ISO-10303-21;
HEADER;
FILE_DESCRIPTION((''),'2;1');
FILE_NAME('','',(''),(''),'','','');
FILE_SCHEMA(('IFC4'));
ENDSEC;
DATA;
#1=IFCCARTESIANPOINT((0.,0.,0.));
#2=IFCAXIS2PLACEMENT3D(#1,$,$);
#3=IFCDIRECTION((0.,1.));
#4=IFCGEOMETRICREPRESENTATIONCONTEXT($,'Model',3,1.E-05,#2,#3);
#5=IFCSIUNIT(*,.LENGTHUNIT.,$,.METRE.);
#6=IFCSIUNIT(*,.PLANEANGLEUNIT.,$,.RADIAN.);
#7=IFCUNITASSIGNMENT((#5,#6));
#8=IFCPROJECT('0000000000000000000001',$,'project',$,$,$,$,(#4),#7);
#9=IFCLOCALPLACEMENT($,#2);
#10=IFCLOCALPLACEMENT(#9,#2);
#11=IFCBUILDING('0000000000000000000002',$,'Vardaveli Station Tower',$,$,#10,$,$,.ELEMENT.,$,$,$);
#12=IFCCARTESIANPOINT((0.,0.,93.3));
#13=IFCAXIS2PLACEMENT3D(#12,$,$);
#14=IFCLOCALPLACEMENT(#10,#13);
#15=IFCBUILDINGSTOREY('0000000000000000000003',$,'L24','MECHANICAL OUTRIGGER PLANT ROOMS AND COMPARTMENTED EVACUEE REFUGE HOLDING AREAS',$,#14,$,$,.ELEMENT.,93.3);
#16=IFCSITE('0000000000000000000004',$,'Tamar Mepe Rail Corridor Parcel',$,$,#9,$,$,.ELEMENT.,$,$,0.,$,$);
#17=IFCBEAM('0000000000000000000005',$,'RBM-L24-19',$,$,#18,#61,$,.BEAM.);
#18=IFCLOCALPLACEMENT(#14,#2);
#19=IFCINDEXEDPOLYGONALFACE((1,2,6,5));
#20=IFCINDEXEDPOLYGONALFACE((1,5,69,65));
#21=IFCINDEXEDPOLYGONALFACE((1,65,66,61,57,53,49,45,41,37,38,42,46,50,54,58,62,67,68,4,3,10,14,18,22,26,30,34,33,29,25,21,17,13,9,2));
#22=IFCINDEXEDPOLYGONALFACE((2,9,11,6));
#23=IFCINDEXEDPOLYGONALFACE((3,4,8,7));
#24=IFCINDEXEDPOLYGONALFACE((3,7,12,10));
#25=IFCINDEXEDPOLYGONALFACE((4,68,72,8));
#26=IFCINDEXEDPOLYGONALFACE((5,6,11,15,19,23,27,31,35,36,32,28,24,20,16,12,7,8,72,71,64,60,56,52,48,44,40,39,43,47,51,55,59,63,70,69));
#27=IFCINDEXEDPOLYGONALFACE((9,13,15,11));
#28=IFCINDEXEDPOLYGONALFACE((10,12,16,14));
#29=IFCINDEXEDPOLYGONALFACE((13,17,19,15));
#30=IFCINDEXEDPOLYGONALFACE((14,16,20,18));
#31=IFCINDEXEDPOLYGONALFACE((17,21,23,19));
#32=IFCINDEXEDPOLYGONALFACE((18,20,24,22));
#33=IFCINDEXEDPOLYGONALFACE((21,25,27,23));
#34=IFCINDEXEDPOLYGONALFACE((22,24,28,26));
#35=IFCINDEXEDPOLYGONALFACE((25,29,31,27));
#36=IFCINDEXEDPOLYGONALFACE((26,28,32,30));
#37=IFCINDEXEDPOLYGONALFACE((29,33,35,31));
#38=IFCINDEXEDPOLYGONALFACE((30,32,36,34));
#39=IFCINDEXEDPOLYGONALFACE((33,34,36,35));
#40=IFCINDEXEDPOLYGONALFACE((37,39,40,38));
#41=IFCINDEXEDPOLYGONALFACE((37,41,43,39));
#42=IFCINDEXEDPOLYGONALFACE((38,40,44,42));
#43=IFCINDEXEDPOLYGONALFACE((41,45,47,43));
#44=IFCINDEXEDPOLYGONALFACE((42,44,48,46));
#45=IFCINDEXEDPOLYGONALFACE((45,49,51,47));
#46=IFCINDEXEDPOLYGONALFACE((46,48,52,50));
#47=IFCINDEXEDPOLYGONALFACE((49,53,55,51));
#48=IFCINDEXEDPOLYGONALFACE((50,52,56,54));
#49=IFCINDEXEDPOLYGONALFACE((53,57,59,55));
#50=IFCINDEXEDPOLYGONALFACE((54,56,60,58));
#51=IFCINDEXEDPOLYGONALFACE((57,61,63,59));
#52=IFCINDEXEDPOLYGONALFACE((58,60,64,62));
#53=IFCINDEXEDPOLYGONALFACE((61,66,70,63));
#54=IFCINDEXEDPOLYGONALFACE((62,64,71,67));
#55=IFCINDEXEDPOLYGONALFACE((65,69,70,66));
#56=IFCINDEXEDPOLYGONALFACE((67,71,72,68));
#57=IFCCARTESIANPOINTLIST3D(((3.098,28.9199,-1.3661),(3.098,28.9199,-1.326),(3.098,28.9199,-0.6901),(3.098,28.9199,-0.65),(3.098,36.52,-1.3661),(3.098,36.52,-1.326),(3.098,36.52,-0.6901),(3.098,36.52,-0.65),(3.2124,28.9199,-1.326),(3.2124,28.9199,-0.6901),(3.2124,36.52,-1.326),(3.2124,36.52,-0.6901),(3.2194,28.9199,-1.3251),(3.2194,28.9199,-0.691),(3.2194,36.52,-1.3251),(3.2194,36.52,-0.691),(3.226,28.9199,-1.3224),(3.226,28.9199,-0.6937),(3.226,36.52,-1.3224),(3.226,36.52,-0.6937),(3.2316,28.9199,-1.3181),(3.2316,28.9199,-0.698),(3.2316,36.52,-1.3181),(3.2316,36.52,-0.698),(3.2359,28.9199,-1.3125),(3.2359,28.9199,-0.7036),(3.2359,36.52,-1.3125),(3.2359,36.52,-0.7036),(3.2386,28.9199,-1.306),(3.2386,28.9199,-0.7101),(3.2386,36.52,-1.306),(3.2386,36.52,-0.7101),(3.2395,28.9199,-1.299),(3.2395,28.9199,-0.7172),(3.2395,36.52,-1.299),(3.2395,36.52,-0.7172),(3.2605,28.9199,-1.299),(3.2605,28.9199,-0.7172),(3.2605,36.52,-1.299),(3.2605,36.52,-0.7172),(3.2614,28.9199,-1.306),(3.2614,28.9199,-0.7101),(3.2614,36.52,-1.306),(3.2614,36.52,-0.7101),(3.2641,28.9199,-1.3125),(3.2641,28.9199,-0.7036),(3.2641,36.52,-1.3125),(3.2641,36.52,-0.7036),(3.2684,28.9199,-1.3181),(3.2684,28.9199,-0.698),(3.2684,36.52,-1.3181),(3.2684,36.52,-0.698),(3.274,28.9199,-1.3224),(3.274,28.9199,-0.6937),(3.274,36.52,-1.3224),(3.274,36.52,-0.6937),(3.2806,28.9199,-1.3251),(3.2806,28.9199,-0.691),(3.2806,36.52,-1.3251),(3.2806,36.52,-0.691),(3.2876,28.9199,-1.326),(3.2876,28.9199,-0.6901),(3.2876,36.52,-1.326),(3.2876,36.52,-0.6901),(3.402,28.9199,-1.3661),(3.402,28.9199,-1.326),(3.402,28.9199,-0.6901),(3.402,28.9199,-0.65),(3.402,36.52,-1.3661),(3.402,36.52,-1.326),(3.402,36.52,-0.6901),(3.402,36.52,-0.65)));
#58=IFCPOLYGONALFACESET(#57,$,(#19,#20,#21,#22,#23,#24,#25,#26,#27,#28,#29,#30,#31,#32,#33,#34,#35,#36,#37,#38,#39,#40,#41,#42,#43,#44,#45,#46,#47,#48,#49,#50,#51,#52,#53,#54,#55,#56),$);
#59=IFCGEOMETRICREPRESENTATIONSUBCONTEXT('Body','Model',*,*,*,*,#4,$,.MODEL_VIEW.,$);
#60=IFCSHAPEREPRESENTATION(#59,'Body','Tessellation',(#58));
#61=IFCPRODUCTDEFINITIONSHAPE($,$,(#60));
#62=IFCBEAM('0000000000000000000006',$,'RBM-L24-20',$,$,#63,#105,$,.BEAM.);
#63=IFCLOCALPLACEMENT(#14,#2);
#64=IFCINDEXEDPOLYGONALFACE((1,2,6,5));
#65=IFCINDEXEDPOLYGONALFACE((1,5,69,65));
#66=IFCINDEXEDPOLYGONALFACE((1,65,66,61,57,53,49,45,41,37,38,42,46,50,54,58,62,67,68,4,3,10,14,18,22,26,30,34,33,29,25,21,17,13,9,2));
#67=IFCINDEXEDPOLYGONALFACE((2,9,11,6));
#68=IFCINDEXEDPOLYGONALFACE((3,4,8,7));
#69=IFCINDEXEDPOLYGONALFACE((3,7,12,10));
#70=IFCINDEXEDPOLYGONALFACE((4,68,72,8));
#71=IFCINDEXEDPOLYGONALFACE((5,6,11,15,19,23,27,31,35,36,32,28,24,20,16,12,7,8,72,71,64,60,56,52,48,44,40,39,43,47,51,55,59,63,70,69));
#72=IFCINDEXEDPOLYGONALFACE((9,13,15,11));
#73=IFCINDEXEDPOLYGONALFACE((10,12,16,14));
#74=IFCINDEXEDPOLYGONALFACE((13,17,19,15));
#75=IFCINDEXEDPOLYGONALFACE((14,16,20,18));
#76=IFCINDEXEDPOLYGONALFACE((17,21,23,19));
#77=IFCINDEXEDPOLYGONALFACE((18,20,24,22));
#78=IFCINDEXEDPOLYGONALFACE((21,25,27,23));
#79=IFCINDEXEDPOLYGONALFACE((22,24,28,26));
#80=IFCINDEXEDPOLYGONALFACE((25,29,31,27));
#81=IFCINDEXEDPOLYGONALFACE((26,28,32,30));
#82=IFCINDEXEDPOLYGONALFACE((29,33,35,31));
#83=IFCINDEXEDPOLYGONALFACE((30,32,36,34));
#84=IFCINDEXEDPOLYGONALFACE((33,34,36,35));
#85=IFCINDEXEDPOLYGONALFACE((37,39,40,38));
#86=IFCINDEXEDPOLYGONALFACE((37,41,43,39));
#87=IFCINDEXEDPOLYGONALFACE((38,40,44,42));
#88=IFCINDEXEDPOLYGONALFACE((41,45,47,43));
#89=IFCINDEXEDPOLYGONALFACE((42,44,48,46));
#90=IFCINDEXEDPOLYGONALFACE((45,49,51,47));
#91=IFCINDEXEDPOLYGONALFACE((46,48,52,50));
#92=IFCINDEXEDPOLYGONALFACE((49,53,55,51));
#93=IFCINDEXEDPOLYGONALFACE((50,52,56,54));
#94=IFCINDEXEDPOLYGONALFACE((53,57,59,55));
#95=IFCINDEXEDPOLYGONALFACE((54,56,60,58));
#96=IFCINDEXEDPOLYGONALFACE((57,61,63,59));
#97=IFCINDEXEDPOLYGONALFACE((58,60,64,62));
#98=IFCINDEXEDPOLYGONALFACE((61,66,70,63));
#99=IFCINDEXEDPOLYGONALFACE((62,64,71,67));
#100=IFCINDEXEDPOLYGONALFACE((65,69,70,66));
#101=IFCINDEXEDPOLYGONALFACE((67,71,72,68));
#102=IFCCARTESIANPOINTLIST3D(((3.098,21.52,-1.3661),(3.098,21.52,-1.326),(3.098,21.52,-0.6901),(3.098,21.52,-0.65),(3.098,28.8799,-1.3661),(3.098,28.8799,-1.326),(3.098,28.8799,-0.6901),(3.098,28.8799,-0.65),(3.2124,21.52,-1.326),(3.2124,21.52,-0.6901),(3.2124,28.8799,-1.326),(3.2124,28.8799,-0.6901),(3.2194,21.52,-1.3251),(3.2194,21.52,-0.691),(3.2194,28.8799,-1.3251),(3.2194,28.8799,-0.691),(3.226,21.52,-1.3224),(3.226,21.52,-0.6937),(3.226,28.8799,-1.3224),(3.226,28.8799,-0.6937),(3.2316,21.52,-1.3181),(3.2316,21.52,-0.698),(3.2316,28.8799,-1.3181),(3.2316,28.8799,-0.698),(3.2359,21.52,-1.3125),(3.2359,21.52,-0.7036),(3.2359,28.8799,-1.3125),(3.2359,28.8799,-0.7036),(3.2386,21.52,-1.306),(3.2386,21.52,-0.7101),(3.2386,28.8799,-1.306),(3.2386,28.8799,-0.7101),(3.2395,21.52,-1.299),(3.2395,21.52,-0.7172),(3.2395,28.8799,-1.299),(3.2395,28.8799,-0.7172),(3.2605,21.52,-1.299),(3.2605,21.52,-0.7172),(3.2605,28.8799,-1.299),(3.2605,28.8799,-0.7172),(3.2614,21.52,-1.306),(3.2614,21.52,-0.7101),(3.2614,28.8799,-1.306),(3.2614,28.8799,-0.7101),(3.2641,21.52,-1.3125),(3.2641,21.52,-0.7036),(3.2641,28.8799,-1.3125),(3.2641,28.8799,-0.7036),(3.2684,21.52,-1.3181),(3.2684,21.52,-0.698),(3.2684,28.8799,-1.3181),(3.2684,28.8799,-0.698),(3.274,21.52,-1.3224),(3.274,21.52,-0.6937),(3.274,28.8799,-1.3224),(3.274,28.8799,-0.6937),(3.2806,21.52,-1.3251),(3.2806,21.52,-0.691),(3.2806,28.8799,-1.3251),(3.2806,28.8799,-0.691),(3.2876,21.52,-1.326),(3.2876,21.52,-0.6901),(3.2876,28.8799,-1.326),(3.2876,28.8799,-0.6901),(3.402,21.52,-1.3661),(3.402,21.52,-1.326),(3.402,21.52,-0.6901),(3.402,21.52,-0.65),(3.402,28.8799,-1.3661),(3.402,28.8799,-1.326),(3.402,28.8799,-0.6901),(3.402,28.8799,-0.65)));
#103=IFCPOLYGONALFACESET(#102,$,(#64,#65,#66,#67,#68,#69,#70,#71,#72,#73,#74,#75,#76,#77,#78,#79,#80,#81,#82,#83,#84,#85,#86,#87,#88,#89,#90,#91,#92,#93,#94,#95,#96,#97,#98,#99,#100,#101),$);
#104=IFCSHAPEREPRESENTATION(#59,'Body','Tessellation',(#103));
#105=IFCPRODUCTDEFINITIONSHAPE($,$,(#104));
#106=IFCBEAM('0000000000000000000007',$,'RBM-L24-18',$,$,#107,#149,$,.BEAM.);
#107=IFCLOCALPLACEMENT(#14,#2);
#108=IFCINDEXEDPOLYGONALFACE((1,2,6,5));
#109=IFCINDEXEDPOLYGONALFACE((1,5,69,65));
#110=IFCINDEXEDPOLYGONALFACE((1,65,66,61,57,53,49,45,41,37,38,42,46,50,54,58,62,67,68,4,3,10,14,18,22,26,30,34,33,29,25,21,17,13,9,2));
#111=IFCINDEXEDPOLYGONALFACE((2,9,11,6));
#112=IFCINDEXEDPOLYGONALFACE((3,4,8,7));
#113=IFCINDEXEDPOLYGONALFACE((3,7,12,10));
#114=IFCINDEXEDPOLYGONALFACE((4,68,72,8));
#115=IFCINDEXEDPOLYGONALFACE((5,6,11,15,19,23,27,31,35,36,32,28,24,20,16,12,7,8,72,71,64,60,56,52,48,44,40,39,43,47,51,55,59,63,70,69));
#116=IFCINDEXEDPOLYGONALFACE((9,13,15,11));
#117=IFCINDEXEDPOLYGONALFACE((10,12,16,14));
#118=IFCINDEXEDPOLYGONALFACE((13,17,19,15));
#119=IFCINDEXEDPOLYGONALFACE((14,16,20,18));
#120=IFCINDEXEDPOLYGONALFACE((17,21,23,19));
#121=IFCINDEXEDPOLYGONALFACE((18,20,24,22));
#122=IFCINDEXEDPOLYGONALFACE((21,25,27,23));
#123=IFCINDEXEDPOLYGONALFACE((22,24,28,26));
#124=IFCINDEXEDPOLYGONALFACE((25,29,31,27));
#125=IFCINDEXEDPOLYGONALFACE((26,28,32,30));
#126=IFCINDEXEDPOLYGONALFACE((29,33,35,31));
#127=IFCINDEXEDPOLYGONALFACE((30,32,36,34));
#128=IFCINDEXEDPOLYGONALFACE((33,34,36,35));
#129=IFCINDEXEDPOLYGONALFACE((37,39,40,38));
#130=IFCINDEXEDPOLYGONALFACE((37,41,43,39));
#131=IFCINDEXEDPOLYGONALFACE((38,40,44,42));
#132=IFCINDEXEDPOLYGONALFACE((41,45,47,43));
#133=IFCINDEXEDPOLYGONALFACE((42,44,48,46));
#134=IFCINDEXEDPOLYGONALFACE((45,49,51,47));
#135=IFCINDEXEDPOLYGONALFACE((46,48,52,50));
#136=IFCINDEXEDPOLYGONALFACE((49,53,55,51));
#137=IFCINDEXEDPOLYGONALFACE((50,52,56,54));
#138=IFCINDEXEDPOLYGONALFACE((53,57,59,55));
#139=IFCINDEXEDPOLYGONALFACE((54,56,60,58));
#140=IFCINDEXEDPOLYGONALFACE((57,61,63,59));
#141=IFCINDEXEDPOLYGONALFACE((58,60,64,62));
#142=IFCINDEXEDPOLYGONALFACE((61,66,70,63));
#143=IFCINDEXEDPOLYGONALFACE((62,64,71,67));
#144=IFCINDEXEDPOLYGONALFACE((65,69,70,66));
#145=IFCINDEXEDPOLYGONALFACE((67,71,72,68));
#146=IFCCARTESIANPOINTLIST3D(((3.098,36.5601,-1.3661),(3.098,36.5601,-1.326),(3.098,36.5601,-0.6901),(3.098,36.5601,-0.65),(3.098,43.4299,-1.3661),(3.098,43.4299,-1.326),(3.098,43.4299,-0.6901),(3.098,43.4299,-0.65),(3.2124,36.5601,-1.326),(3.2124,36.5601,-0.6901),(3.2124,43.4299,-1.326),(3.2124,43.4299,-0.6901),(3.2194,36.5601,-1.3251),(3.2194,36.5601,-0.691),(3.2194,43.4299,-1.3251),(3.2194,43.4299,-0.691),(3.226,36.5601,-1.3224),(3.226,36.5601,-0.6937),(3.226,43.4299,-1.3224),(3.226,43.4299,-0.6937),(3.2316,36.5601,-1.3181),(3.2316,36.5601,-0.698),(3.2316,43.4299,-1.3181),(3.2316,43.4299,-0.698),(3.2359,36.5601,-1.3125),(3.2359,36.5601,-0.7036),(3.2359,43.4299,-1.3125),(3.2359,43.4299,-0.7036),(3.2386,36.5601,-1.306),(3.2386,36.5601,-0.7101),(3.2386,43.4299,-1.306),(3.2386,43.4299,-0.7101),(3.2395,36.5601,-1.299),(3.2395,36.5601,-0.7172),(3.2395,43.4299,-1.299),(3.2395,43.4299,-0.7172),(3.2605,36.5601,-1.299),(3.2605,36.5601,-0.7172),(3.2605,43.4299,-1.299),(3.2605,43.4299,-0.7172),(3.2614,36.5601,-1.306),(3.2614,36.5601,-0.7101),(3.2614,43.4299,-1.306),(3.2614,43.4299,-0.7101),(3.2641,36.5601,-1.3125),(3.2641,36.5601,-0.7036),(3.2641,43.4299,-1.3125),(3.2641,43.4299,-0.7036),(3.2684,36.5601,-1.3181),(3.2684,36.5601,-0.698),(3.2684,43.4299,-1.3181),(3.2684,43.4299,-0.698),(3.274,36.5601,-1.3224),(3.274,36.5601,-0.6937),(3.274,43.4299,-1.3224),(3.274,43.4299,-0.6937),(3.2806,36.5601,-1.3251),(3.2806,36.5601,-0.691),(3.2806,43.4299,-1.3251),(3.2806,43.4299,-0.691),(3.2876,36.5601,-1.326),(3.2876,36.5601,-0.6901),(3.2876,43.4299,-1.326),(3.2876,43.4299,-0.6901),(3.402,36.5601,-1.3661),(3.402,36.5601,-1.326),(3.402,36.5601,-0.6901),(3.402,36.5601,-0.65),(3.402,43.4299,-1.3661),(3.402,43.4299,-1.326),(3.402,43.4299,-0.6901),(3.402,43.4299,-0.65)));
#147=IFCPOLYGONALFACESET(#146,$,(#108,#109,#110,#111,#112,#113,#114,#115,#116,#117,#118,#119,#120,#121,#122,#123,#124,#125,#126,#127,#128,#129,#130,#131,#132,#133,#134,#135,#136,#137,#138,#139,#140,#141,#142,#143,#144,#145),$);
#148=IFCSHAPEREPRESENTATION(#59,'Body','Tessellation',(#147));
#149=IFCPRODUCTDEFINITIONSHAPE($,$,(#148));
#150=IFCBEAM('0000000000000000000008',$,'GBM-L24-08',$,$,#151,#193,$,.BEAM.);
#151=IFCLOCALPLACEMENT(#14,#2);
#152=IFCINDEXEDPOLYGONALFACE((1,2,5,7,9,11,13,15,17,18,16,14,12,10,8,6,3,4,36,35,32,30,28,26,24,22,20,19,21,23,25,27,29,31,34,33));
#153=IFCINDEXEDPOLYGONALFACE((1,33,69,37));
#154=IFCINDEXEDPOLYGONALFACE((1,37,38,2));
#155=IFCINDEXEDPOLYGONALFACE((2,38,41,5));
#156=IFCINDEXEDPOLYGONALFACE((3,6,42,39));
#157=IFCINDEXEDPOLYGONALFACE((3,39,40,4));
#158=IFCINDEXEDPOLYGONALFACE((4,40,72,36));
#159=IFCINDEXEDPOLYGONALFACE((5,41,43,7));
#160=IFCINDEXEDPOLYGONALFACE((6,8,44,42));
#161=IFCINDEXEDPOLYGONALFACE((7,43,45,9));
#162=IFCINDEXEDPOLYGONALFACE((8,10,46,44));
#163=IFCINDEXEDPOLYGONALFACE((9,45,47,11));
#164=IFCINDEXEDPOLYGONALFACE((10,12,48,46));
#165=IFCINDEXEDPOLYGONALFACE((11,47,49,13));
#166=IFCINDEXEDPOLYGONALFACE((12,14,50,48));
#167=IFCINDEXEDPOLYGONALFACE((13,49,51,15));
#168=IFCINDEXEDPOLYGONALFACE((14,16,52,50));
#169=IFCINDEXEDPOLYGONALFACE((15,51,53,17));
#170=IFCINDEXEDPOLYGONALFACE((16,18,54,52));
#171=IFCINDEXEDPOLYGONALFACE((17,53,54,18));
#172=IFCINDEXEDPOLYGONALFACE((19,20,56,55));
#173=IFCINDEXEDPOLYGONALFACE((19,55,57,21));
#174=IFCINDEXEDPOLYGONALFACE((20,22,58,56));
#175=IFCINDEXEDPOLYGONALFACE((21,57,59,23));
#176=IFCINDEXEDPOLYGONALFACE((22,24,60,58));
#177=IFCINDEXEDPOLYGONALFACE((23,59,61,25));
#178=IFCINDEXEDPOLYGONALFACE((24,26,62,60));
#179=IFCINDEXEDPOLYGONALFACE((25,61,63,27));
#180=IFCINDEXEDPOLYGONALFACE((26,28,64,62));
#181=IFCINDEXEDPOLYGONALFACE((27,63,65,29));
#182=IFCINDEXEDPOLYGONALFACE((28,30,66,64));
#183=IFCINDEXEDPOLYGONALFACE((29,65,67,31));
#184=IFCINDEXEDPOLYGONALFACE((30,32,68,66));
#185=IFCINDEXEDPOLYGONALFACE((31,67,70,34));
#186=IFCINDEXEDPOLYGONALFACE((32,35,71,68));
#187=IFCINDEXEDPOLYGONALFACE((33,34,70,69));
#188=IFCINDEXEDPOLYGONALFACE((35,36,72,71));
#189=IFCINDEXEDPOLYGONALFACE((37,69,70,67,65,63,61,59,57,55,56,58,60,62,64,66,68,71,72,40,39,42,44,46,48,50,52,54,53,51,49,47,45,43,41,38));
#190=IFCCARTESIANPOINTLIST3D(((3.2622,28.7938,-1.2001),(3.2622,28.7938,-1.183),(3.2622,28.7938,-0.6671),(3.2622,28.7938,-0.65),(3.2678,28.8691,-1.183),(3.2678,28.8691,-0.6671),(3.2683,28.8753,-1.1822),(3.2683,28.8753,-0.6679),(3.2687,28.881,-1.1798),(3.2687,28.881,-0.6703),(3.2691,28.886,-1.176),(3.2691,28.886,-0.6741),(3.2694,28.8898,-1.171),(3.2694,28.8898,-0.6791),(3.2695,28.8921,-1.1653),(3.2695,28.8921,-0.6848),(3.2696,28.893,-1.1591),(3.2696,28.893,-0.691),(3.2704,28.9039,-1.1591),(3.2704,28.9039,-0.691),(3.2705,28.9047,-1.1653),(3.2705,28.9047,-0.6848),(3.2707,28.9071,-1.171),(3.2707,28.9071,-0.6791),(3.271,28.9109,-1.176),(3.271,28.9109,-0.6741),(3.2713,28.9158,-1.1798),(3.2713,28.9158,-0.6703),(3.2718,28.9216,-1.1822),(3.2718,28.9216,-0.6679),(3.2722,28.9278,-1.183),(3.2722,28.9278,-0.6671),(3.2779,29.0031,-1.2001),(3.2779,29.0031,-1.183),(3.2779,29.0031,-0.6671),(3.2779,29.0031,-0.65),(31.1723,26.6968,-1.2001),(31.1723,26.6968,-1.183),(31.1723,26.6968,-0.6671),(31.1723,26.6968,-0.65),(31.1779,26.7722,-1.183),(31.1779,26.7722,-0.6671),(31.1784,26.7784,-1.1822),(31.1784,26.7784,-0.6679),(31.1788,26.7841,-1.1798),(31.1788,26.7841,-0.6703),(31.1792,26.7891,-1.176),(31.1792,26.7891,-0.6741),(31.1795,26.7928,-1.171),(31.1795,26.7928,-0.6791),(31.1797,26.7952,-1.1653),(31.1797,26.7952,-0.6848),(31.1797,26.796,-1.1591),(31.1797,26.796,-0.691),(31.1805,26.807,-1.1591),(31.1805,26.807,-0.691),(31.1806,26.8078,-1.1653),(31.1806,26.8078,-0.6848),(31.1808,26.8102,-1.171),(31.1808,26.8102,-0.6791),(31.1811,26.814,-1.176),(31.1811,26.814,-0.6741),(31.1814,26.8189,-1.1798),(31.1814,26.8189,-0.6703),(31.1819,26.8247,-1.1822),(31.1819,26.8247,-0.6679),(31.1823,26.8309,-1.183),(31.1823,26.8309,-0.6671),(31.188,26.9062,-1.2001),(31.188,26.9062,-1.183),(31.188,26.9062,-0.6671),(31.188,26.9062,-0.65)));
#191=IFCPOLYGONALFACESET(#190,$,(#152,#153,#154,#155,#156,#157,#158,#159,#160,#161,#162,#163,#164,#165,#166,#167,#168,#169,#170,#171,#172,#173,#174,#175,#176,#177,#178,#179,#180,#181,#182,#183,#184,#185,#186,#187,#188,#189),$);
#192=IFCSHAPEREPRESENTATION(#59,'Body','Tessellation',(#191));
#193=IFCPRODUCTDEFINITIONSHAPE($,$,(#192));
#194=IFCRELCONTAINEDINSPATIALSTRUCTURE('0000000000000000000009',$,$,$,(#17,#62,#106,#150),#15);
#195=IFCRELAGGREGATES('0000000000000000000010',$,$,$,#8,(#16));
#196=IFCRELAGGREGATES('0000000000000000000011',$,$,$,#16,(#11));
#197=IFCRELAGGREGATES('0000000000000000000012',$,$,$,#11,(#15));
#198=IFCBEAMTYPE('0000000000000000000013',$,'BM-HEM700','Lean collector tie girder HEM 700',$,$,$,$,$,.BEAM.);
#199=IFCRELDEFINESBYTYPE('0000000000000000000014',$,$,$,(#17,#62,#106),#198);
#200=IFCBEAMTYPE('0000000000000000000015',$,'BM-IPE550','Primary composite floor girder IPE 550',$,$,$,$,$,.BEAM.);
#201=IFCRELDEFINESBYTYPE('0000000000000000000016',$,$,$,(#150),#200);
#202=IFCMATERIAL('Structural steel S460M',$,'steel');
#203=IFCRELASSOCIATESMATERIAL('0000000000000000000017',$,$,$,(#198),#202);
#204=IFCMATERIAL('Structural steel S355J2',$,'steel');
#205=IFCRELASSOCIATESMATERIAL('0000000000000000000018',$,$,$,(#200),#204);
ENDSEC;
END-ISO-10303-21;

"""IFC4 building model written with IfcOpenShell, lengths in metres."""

from ifc_helpers import new_model, si_unit, direction, frame, origin, origin_2d, place, context, subcontext, project, spatial, i_section, extrude, source, transform, mapped, material, material_profile, profile_set, type_object, element, save


model = new_model("IFC4")

# Units and contexts
model_context = context("Model", 3, precision=1e-05, world=origin(), true_north=direction((0.0, 1.0)))
body_context = subcontext(model_context, "Body", "Model", "MODEL_VIEW")
ifc_project = project(units=[si_unit("LENGTHUNIT", "METRE"), si_unit("PLANEANGLEUNIT", "RADIAN")], contexts=[model_context])

# Site, building, storey
site_placement = place(None, origin())
site = spatial("IfcSite", under=ifc_project, at=site_placement, Name="Tamar Mepe Rail Corridor Parcel", CompositionType="ELEMENT", RefElevation=0.0)
building_placement = place(site_placement, origin())
building = spatial("IfcBuilding", under=site, at=building_placement, Name="Vardaveli Station Tower", CompositionType="ELEMENT")
storey_placement = place(building_placement, frame((0.0, 0.0, 93.3)))
storey = spatial("IfcBuildingStorey", under=building, at=storey_placement, Name="L24", Description="MECHANICAL OUTRIGGER PLANT ROOMS AND COMPARTMENTED EVACUEE REFUGE HOLDING AREAS", CompositionType="ELEMENT", Elevation=93.3)

# Shared definitions
ifc_material_1 = material(Name="Structural steel S460M", Category="steel")

# Beams
ifc_material_2 = material(Name="Structural steel S355J2", Category="steel")
ifc_material_profile_1 = material_profile(ifc_material_1, i_section(OverallWidth=0.304, OverallDepth=0.7161, WebThickness=0.021, FlangeThickness=0.04, FilletRadius=0.0271, at=origin_2d()), Name="HEM 700")
ifc_profile_set_1 = profile_set([ifc_material_profile_1], Name="Structural steel S460M")
beam_type_1 = type_object("IfcBeamType", Name="BM-HEM700", Description="Lean collector tie girder HEM 700", PredefinedType="BEAM", material=ifc_profile_set_1)
shared_shape_1 = source(origin(), body_context, "Body", "SweptSolid", [
    extrude(i_section(OverallWidth=0.304, OverallDepth=0.7161, WebThickness=0.021, FlangeThickness=0.04, FilletRadius=0.0271, at=origin_2d()), origin(), (0.0, 0.0, 1.0), 7.6001),
])
beam_1_placement = place(storey_placement, frame((3.25, 36.52, -1.0081), z_axis=(0.0, -1.0, 0.0), x_axis=(1.0, 0.0, 0.0)))
element("IfcBeam", 1, at=beam_1_placement, inside=storey, type_object=beam_type_1, Name="RBM-L24-19", PredefinedType="BEAM", context=body_context, shape_type="MappedRepresentation", body=[
    mapped(shared_shape_1, transform((0.0, 0.0, 0.0), scale=1.0)),
])
shared_shape_2 = source(origin(), body_context, "Body", "SweptSolid", [
    extrude(i_section(OverallWidth=0.304, OverallDepth=0.7161, WebThickness=0.021, FlangeThickness=0.04, FilletRadius=0.0271, at=origin_2d()), origin(), (0.0, 0.0, 1.0), 7.3599),
])
beam_2_placement = place(storey_placement, frame((3.25, 28.8799, -1.0081), z_axis=(0.0, -1.0, 0.0), x_axis=(1.0, 0.0, 0.0)))
element("IfcBeam", 2, at=beam_2_placement, inside=storey, type_object=beam_type_1, Name="RBM-L24-20", PredefinedType="BEAM", context=body_context, shape_type="MappedRepresentation", body=[
    mapped(shared_shape_2, transform((0.0, 0.0, 0.0), scale=1.0)),
])
shared_shape_3 = source(origin(), body_context, "Body", "SweptSolid", [
    extrude(i_section(OverallWidth=0.304, OverallDepth=0.7161, WebThickness=0.021, FlangeThickness=0.04, FilletRadius=0.0271, at=origin_2d()), origin(), (0.0, 0.0, 1.0), 6.8699),
])
beam_3_placement = place(storey_placement, frame((3.25, 43.4299, -1.0081), z_axis=(0.0, -1.0, 0.0), x_axis=(1.0, 0.0, 0.0)))
element("IfcBeam", 3, at=beam_3_placement, inside=storey, type_object=beam_type_1, Name="RBM-L24-18", PredefinedType="BEAM", context=body_context, shape_type="MappedRepresentation", body=[
    mapped(shared_shape_3, transform((0.0, 0.0, 0.0), scale=1.0)),
])
ifc_material_profile_2 = material_profile(ifc_material_2, i_section(OverallWidth=0.21, OverallDepth=0.55, WebThickness=0.011, FlangeThickness=0.0171, FilletRadius=0.0239, at=origin_2d()), Name="IPE 550")
ifc_profile_set_2 = profile_set([ifc_material_profile_2], Name="Structural steel S355J2")
beam_type_2 = type_object("IfcBeamType", Name="BM-IPE550", Description="Primary composite floor girder IPE 550", PredefinedType="BEAM", material=ifc_profile_set_2)
shared_shape_4 = source(origin(), body_context, "Body", "SweptSolid", [
    extrude(i_section(OverallWidth=0.21, OverallDepth=0.55, WebThickness=0.011, FlangeThickness=0.0171, FilletRadius=0.0239, at=origin_2d()), origin(), (0.0, 0.0, 1.0), 27.9888),
])
beam_4_placement = place(storey_placement, frame((3.27, 28.8984, -0.925), z_axis=(0.99719, -0.07492, 0.0), x_axis=(0.07492, 0.99719, 0.0)))
element("IfcBeam", 4, at=beam_4_placement, inside=storey, type_object=beam_type_2, Name="GBM-L24-08", PredefinedType="BEAM", context=body_context, shape_type="MappedRepresentation", body=[
    mapped(shared_shape_4, transform((0.0, 0.0, 0.0), scale=1.0)),
])

save(model, "model.ifc")
